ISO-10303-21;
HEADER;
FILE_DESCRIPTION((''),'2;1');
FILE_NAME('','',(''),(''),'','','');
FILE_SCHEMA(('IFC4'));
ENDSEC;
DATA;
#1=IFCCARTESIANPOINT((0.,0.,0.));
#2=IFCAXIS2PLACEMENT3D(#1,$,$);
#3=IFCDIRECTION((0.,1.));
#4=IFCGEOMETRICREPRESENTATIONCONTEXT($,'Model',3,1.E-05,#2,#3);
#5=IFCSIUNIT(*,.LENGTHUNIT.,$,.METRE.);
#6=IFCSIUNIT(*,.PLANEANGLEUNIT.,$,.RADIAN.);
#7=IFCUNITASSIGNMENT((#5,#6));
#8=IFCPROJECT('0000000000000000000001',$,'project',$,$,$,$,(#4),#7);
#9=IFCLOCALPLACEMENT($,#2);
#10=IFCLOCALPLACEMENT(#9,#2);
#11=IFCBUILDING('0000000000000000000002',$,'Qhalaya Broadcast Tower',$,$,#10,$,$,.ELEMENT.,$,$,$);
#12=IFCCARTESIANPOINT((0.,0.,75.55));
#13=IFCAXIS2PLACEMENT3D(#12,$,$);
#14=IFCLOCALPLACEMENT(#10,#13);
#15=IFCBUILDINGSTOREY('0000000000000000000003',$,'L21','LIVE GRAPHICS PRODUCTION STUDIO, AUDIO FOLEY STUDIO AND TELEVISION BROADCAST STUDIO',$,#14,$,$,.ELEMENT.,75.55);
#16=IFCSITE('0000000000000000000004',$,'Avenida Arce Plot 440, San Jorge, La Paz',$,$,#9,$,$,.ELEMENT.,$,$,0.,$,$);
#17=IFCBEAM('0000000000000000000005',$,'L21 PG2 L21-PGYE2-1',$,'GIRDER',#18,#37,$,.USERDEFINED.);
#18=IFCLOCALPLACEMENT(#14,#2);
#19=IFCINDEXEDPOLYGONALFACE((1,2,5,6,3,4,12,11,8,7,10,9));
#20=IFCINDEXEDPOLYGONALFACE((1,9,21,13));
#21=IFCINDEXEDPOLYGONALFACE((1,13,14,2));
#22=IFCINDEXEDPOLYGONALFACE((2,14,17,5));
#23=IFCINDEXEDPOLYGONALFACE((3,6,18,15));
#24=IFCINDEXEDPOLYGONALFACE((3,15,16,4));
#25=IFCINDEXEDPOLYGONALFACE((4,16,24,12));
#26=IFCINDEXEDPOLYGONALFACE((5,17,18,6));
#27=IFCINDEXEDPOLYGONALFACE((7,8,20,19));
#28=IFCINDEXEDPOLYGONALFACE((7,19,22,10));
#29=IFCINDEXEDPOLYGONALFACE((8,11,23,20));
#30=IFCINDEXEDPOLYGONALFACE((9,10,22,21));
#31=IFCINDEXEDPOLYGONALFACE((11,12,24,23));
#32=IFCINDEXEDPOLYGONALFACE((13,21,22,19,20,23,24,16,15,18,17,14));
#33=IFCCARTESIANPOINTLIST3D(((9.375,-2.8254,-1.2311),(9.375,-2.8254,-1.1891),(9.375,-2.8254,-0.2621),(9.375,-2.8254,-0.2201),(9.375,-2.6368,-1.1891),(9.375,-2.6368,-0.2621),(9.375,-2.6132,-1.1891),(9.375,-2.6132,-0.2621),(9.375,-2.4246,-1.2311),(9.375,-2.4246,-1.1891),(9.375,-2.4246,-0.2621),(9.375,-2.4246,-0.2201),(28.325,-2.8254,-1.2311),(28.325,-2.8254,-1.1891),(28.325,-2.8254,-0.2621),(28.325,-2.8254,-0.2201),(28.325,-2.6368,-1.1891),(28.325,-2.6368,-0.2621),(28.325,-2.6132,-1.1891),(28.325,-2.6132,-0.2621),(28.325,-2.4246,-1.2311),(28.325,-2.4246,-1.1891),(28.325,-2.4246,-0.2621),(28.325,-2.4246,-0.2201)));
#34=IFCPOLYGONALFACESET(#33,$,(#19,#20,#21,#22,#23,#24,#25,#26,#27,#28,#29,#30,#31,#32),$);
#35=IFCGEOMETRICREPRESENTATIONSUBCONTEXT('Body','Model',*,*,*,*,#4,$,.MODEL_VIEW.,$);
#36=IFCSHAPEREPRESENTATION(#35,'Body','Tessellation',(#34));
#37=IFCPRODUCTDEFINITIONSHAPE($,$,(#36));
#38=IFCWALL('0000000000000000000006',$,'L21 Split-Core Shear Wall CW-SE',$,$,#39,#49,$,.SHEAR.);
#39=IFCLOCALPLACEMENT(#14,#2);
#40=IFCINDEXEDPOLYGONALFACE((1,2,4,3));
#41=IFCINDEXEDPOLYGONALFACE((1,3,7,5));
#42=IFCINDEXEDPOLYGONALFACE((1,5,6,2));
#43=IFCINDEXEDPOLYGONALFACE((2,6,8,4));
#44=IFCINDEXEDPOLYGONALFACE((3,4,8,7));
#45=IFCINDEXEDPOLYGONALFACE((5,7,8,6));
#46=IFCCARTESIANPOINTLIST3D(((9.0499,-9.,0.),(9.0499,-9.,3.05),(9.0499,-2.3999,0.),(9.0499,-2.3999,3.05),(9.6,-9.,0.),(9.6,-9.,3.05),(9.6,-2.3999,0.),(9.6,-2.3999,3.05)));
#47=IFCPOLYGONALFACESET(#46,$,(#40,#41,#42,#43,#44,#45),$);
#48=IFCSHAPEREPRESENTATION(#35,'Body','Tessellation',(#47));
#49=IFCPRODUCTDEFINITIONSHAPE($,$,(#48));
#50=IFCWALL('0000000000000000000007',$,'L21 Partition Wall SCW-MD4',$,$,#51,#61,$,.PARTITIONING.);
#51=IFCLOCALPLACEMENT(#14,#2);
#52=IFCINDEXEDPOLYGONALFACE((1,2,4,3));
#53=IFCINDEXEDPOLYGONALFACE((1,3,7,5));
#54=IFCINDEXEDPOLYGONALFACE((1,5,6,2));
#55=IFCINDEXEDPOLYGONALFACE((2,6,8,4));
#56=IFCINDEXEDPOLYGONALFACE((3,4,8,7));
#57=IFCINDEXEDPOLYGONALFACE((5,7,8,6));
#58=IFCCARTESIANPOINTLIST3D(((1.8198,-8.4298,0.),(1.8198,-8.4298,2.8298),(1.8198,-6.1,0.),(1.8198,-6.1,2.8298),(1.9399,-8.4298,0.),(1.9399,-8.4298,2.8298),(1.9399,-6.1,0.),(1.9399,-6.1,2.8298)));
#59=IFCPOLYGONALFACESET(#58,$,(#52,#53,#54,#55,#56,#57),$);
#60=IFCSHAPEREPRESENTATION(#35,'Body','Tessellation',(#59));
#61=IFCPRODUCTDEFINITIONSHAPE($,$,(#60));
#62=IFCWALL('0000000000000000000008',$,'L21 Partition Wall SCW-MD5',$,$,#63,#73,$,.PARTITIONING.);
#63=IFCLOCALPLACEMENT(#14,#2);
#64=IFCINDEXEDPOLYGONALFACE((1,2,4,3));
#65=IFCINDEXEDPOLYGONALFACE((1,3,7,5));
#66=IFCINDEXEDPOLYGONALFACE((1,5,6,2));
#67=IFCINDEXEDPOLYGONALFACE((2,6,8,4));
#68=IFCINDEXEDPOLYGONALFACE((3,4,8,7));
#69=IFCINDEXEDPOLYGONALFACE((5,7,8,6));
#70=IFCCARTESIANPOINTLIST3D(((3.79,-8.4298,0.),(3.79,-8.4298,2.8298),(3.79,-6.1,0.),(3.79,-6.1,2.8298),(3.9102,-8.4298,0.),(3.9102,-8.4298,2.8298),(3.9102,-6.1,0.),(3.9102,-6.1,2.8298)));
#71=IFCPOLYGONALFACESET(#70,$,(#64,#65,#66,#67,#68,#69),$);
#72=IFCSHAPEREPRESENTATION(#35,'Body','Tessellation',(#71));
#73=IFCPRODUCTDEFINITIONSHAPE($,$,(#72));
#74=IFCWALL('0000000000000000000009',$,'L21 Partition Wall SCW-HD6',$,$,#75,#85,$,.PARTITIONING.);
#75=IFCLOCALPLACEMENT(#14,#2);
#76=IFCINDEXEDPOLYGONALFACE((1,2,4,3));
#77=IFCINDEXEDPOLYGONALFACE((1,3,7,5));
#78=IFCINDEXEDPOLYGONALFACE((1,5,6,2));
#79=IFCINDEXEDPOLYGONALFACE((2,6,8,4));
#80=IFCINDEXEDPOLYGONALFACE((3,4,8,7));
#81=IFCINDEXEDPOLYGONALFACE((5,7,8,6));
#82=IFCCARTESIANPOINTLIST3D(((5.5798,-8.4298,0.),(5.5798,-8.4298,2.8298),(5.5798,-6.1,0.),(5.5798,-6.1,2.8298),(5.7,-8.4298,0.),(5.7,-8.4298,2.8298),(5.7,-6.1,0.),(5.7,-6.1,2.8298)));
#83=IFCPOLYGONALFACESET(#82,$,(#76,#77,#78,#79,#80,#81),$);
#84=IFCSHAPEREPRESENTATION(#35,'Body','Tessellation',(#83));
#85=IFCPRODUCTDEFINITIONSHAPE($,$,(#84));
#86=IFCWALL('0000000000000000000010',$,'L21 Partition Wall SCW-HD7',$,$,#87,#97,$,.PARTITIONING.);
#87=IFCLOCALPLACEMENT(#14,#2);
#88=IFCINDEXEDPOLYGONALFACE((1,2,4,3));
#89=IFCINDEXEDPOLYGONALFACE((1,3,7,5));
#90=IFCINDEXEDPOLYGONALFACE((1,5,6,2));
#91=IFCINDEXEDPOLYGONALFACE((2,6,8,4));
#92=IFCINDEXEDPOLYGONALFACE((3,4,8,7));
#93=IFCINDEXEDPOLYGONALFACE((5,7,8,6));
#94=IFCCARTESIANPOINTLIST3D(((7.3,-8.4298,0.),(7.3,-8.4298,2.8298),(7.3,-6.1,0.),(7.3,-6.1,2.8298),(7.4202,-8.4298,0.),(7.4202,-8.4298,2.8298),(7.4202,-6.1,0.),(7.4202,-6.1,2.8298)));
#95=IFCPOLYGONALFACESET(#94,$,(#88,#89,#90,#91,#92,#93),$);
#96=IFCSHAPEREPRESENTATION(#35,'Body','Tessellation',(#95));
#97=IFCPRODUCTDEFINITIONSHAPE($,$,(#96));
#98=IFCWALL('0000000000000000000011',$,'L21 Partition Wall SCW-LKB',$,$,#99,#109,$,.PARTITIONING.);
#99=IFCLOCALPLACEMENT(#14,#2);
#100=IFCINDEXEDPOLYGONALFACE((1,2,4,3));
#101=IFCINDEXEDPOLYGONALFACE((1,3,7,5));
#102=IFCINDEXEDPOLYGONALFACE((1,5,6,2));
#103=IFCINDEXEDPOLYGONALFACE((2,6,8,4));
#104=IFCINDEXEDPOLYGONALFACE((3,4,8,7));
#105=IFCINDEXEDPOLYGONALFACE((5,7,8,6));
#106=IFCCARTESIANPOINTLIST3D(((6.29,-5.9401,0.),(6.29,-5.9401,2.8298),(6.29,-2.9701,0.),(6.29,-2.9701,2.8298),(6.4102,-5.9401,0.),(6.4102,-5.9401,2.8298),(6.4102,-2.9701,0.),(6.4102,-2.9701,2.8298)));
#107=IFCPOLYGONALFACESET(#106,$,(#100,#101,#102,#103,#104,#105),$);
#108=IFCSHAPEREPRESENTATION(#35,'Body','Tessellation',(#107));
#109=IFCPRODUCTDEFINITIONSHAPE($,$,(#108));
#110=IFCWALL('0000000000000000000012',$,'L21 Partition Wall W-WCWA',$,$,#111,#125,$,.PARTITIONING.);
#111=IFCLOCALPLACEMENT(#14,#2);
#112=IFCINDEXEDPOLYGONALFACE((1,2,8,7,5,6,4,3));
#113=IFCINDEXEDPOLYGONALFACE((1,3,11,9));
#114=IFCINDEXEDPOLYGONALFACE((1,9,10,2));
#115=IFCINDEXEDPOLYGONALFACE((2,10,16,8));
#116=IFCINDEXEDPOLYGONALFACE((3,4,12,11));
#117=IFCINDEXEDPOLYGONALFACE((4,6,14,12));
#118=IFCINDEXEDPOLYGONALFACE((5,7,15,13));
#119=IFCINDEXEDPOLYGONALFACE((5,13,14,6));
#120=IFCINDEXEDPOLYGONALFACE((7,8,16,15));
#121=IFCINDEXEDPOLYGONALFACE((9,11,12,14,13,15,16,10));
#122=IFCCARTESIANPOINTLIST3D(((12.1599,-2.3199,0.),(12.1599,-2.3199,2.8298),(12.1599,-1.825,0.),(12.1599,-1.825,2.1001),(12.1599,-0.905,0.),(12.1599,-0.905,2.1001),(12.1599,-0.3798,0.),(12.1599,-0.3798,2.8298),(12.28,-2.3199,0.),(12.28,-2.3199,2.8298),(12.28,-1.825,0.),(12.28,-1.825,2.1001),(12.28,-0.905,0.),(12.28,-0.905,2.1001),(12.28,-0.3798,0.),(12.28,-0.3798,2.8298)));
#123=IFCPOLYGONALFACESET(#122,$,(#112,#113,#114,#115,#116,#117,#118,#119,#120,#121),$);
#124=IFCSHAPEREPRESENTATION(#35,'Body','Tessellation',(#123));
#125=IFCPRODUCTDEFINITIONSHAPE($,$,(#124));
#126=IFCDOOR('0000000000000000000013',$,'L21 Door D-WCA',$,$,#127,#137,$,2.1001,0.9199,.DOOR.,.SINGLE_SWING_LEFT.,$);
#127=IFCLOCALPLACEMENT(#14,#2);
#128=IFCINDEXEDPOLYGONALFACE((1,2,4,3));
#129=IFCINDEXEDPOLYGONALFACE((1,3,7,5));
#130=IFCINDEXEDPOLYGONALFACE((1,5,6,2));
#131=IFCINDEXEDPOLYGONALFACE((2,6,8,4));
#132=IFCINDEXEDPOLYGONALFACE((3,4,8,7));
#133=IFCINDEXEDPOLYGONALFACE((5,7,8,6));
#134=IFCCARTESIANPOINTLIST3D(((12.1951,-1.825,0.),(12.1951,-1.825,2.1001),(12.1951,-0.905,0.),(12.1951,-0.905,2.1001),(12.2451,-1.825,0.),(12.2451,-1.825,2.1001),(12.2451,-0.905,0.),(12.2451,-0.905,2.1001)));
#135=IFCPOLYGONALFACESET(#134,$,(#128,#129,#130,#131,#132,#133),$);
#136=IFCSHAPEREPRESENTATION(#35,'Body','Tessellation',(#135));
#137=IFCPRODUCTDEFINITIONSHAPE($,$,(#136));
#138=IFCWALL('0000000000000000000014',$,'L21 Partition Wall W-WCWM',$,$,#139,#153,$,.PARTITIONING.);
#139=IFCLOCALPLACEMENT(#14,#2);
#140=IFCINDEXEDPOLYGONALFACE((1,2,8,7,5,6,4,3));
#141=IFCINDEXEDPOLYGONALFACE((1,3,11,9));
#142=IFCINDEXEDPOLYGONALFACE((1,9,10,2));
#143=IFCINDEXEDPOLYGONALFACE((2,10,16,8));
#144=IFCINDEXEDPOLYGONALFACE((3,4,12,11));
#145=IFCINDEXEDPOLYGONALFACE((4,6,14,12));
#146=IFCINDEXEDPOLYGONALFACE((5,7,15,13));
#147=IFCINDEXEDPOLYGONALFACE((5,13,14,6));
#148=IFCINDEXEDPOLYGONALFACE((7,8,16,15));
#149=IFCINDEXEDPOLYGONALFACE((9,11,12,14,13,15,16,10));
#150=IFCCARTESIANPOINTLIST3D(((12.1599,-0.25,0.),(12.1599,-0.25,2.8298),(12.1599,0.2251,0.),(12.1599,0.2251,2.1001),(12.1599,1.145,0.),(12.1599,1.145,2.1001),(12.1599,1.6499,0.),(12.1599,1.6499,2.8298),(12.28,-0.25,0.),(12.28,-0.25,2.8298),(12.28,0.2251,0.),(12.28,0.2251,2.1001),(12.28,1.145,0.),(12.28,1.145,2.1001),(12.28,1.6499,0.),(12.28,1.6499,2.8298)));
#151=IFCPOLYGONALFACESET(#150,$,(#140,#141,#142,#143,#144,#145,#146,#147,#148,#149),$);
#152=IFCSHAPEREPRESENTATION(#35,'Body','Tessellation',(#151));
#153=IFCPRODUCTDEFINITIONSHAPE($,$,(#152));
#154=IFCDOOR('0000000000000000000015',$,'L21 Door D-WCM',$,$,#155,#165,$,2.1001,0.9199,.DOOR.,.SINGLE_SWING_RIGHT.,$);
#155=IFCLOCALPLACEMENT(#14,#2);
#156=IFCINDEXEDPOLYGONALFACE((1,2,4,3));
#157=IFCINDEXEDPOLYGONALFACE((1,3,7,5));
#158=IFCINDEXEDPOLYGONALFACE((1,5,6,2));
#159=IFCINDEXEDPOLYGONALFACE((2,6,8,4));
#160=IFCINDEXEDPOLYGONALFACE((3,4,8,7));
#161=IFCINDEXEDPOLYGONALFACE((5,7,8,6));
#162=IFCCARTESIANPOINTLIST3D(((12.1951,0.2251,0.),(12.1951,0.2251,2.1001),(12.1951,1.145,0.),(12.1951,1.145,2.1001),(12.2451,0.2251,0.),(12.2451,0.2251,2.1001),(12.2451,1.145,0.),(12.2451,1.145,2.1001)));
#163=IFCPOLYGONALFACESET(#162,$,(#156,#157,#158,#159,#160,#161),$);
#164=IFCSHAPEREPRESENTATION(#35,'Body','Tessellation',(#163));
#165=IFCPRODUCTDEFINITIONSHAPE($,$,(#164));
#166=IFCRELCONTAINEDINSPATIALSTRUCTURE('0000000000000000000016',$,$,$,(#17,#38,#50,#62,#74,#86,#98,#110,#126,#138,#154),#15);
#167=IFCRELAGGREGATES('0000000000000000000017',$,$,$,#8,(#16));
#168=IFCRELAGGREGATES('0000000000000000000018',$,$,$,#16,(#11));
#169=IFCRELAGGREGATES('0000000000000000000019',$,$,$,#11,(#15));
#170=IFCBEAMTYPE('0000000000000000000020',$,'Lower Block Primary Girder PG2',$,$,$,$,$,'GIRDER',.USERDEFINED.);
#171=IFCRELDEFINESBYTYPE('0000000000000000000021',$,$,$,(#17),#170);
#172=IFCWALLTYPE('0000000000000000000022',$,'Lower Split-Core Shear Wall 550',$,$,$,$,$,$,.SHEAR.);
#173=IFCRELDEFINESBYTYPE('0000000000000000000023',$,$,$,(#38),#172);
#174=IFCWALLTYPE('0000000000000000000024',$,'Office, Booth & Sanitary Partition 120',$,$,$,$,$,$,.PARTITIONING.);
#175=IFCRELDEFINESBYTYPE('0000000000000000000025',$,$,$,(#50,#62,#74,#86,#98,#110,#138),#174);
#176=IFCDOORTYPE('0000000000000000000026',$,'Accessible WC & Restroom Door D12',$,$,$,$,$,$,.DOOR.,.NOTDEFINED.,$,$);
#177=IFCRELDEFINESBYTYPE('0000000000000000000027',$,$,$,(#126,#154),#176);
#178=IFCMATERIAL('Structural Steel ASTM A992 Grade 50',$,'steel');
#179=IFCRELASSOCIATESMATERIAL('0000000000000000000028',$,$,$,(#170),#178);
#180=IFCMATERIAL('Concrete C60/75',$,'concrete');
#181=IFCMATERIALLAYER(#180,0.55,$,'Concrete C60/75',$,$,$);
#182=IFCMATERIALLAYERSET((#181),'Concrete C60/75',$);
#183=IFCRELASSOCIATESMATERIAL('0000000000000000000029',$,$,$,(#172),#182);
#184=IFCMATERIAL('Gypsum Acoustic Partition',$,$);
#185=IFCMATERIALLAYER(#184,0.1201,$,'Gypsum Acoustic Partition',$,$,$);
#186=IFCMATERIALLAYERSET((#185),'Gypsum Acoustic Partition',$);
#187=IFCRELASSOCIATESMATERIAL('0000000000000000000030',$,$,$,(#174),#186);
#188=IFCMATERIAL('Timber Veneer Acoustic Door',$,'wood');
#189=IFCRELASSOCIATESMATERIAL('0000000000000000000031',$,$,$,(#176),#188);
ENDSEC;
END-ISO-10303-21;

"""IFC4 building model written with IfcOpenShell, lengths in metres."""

from ifc_helpers import new_model, si_unit, direction, frame, frame_2d, origin, origin_2d, place, context, subcontext, project, spatial, rectangle, i_section, extrude, material, layer, layer_set, material_profile, profile_set, type_object, element, fill, save


model = new_model("IFC4")

# Units and contexts
model_context = context("Model", 3, precision=1e-05, world=origin(), true_north=direction((0.0, 1.0)))
body_context = subcontext(model_context, "Body", "Model", "MODEL_VIEW")
ifc_project = project(units=[si_unit("LENGTHUNIT", "METRE"), si_unit("PLANEANGLEUNIT", "RADIAN")], contexts=[model_context])

# Site, building, storey
site_placement = place(None, origin())
site = spatial("IfcSite", under=ifc_project, at=site_placement, Name="Avenida Arce Plot 440, San Jorge, La Paz", CompositionType="ELEMENT", RefElevation=0.0)
building_placement = place(site_placement, origin())
building = spatial("IfcBuilding", under=site, at=building_placement, Name="Qhalaya Broadcast Tower", CompositionType="ELEMENT")
storey_placement = place(building_placement, frame((0.0, 0.0, 75.55)))
storey = spatial("IfcBuildingStorey", under=building, at=storey_placement, Name="L21", Description="LIVE GRAPHICS PRODUCTION STUDIO, AUDIO FOLEY STUDIO AND TELEVISION BROADCAST STUDIO", CompositionType="ELEMENT", Elevation=75.55)

# Beam
ifc_material_1 = material(Name="Structural Steel ASTM A992 Grade 50", Category="steel")
ifc_material_profile_1 = material_profile(ifc_material_1, i_section(OverallWidth=0.4009, OverallDepth=1.011, WebThickness=0.0237, FlangeThickness=0.042, at=origin_2d()), Name="W40X297")
ifc_profile_set_1 = profile_set([ifc_material_profile_1], Name="Structural Steel ASTM A992 Grade 50")
beam_type_1 = type_object("IfcBeamType", Name="Lower Block Primary Girder PG2", ElementType="GIRDER", PredefinedType="USERDEFINED", material=ifc_profile_set_1)
beam_1_placement = place(storey_placement, frame((9.375, -2.625, -0.7256), z_axis=(1.0, 0.0, 0.0), x_axis=(0.0, 1.0, 0.0)))
element("IfcBeam", 1, at=beam_1_placement, inside=storey, type_object=beam_type_1, Name="L21 PG2 L21-PGYE2-1", ObjectType="GIRDER", PredefinedType="USERDEFINED", context=body_context, shape_type="SweptSolid", body=[
    extrude(i_section(OverallWidth=0.4009, OverallDepth=1.011, WebThickness=0.0237, FlangeThickness=0.042, at=origin_2d()), origin(), (0.0, 0.0, 1.0), 18.95),
])

# Walls
ifc_material_2 = material(Name="Concrete C60/75", Category="concrete")
ifc_layer_1 = layer(ifc_material_2, 0.55, Name="Concrete C60/75")
ifc_layer_set_1 = layer_set([ifc_layer_1], Name="Concrete C60/75")
wall_type_1 = type_object("IfcWallType", Name="Lower Split-Core Shear Wall 550", PredefinedType="SHEAR", material=ifc_layer_set_1)
wall_1_placement = place(storey_placement, frame((9.325, -9.0, 0.0), z_axis=(0.0, 0.0, 1.0), x_axis=(0.0, 1.0, 0.0)))
element("IfcWall", 2, at=wall_1_placement, inside=storey, type_object=wall_type_1, Name="L21 Split-Core Shear Wall CW-SE", PredefinedType="SHEAR", context=body_context, shape_type="SweptSolid", body=[
    extrude(rectangle(XDim=6.6001, YDim=0.55, at=frame_2d((3.3, 0.0))), origin(), (0.0, 0.0, 1.0), 3.05),
])
ifc_material_3 = material(Name="Gypsum Acoustic Partition")
ifc_layer_2 = layer(ifc_material_3, 0.1201, Name="Gypsum Acoustic Partition")
ifc_layer_set_2 = layer_set([ifc_layer_2], Name="Gypsum Acoustic Partition")
wall_type_2 = type_object("IfcWallType", Name="Office, Booth & Sanitary Partition 120", PredefinedType="PARTITIONING", material=ifc_layer_set_2)
for number, where, z_axis, x_axis, name in (
    (3, (1.8799, -8.4299, 0.0), (0.0, 0.0, 1.0), (0.0, 1.0, 0.0), "L21 Partition Wall SCW-MD4"),
    (4, (3.8501, -8.4299, 0.0), (0.0, 0.0, 1.0), (0.0, 1.0, 0.0), "L21 Partition Wall SCW-MD5"),
    (5, (5.6399, -8.4299, 0.0), (0.0, 0.0, 1.0), (0.0, 1.0, 0.0), "L21 Partition Wall SCW-HD6"),
    (6, (7.3601, -8.4299, 0.0), (0.0, 0.0, 1.0), (0.0, 1.0, 0.0), "L21 Partition Wall SCW-HD7"),
):
    element("IfcWall", number, at=place(storey_placement, frame(where, z_axis=z_axis, x_axis=x_axis)), inside=storey, type_object=wall_type_2, Name=name, PredefinedType="PARTITIONING", context=body_context, shape_type="SweptSolid", body=[
        extrude(rectangle(XDim=2.3298, YDim=0.1201, at=frame_2d((1.165, 0.0))), origin(), (0.0, 0.0, 1.0), 2.8298),
    ])
wall_2_placement = place(storey_placement, frame((6.3501, -5.9399, 0.0), z_axis=(0.0, 0.0, 1.0), x_axis=(0.0, 1.0, 0.0)))
element("IfcWall", 7, at=wall_2_placement, inside=storey, type_object=wall_type_2, Name="L21 Partition Wall SCW-LKB", PredefinedType="PARTITIONING", context=body_context, shape_type="SweptSolid", body=[
    extrude(rectangle(XDim=2.97, YDim=0.1201, at=frame_2d((1.4849, 0.0))), origin(), (0.0, 0.0, 1.0), 2.8298),
])

# Walls, openings, doors
wall_3_placement = place(storey_placement, frame((12.22, -2.3201, 0.0), z_axis=(0.0, 0.0, 1.0), x_axis=(0.0, 1.0, 0.0)))
wall_3 = element("IfcWall", 8, at=wall_3_placement, inside=storey, type_object=wall_type_2, Name="L21 Partition Wall W-WCWA", PredefinedType="PARTITIONING", context=body_context, shape_type="SweptSolid", body=[
    extrude(rectangle(XDim=1.9402, YDim=0.1201, at=frame_2d((0.9702, 0.0))), origin(), (0.0, 0.0, 1.0), 2.8298),
])
opening_1_placement = place(wall_3_placement, frame((0.4951, 0.0, 0.0)))
opening_1 = element("IfcOpeningElement", 9, at=opening_1_placement, cuts=wall_3, PredefinedType="OPENING", context=body_context, shape_type="SweptSolid", body=[
    extrude(rectangle(XDim=0.9199, YDim=2.1001, at=frame_2d((0.46, 1.05))), frame((0.0, 0.072, 0.0), z_axis=(0.0, -1.0, 0.0), x_axis=(1.0, 0.0, 0.0)), (0.0, 0.0, 1.0), 0.144),
])
ifc_material_4 = material(Name="Timber Veneer Acoustic Door", Category="wood")
door_type = type_object("IfcDoorType", Name="Accessible WC & Restroom Door D12", OperationType="NOTDEFINED", PredefinedType="DOOR", material=ifc_material_4)
door_1_placement = place(opening_1_placement, origin())
door_1 = element("IfcDoor", 10, at=door_1_placement, inside=storey, type_object=door_type, Name="L21 Door D-WCA", OperationType="SINGLE_SWING_LEFT", OverallHeight=2.1001, OverallWidth=0.9199, PredefinedType="DOOR", context=body_context, shape_type="SweptSolid", body=[
    extrude(rectangle(XDim=0.9199, YDim=2.1001, at=frame_2d((0.46, 1.05))), frame((0.0, 0.0249, 0.0), z_axis=(0.0, -1.0, 0.0), x_axis=(1.0, 0.0, 0.0)), (0.0, 0.0, 1.0), 0.05),
])
fill(opening_1, door_1)
wall_4_placement = place(storey_placement, frame((12.22, -0.25, 0.0), z_axis=(0.0, 0.0, 1.0), x_axis=(0.0, 1.0, 0.0)))
wall_4 = element("IfcWall", 11, at=wall_4_placement, inside=storey, type_object=wall_type_2, Name="L21 Partition Wall W-WCWM", PredefinedType="PARTITIONING", context=body_context, shape_type="SweptSolid", body=[
    extrude(rectangle(XDim=1.8999, YDim=0.1201, at=frame_2d((0.95, 0.0))), origin(), (0.0, 0.0, 1.0), 2.8298),
])
opening_2_placement = place(wall_4_placement, frame((0.4751, 0.0, 0.0)))
opening_2 = element("IfcOpeningElement", 12, at=opening_2_placement, cuts=wall_4, PredefinedType="OPENING", context=body_context, shape_type="SweptSolid", body=[
    extrude(rectangle(XDim=0.9199, YDim=2.1001, at=frame_2d((0.46, 1.05))), frame((0.0, 0.072, 0.0), z_axis=(0.0, -1.0, 0.0), x_axis=(1.0, 0.0, 0.0)), (0.0, 0.0, 1.0), 0.144),
])
door_2_placement = place(opening_2_placement, origin())
door_2 = element("IfcDoor", 13, at=door_2_placement, inside=storey, type_object=door_type, Name="L21 Door D-WCM", OperationType="SINGLE_SWING_RIGHT", OverallHeight=2.1001, OverallWidth=0.9199, PredefinedType="DOOR", context=body_context, shape_type="SweptSolid", body=[
    extrude(rectangle(XDim=0.9199, YDim=2.1001, at=frame_2d((0.46, 1.05))), frame((0.0, 0.0249, 0.0), z_axis=(0.0, -1.0, 0.0), x_axis=(1.0, 0.0, 0.0)), (0.0, 0.0, 1.0), 0.05),
])
fill(opening_2, door_2)

save(model, "model.ifc")
